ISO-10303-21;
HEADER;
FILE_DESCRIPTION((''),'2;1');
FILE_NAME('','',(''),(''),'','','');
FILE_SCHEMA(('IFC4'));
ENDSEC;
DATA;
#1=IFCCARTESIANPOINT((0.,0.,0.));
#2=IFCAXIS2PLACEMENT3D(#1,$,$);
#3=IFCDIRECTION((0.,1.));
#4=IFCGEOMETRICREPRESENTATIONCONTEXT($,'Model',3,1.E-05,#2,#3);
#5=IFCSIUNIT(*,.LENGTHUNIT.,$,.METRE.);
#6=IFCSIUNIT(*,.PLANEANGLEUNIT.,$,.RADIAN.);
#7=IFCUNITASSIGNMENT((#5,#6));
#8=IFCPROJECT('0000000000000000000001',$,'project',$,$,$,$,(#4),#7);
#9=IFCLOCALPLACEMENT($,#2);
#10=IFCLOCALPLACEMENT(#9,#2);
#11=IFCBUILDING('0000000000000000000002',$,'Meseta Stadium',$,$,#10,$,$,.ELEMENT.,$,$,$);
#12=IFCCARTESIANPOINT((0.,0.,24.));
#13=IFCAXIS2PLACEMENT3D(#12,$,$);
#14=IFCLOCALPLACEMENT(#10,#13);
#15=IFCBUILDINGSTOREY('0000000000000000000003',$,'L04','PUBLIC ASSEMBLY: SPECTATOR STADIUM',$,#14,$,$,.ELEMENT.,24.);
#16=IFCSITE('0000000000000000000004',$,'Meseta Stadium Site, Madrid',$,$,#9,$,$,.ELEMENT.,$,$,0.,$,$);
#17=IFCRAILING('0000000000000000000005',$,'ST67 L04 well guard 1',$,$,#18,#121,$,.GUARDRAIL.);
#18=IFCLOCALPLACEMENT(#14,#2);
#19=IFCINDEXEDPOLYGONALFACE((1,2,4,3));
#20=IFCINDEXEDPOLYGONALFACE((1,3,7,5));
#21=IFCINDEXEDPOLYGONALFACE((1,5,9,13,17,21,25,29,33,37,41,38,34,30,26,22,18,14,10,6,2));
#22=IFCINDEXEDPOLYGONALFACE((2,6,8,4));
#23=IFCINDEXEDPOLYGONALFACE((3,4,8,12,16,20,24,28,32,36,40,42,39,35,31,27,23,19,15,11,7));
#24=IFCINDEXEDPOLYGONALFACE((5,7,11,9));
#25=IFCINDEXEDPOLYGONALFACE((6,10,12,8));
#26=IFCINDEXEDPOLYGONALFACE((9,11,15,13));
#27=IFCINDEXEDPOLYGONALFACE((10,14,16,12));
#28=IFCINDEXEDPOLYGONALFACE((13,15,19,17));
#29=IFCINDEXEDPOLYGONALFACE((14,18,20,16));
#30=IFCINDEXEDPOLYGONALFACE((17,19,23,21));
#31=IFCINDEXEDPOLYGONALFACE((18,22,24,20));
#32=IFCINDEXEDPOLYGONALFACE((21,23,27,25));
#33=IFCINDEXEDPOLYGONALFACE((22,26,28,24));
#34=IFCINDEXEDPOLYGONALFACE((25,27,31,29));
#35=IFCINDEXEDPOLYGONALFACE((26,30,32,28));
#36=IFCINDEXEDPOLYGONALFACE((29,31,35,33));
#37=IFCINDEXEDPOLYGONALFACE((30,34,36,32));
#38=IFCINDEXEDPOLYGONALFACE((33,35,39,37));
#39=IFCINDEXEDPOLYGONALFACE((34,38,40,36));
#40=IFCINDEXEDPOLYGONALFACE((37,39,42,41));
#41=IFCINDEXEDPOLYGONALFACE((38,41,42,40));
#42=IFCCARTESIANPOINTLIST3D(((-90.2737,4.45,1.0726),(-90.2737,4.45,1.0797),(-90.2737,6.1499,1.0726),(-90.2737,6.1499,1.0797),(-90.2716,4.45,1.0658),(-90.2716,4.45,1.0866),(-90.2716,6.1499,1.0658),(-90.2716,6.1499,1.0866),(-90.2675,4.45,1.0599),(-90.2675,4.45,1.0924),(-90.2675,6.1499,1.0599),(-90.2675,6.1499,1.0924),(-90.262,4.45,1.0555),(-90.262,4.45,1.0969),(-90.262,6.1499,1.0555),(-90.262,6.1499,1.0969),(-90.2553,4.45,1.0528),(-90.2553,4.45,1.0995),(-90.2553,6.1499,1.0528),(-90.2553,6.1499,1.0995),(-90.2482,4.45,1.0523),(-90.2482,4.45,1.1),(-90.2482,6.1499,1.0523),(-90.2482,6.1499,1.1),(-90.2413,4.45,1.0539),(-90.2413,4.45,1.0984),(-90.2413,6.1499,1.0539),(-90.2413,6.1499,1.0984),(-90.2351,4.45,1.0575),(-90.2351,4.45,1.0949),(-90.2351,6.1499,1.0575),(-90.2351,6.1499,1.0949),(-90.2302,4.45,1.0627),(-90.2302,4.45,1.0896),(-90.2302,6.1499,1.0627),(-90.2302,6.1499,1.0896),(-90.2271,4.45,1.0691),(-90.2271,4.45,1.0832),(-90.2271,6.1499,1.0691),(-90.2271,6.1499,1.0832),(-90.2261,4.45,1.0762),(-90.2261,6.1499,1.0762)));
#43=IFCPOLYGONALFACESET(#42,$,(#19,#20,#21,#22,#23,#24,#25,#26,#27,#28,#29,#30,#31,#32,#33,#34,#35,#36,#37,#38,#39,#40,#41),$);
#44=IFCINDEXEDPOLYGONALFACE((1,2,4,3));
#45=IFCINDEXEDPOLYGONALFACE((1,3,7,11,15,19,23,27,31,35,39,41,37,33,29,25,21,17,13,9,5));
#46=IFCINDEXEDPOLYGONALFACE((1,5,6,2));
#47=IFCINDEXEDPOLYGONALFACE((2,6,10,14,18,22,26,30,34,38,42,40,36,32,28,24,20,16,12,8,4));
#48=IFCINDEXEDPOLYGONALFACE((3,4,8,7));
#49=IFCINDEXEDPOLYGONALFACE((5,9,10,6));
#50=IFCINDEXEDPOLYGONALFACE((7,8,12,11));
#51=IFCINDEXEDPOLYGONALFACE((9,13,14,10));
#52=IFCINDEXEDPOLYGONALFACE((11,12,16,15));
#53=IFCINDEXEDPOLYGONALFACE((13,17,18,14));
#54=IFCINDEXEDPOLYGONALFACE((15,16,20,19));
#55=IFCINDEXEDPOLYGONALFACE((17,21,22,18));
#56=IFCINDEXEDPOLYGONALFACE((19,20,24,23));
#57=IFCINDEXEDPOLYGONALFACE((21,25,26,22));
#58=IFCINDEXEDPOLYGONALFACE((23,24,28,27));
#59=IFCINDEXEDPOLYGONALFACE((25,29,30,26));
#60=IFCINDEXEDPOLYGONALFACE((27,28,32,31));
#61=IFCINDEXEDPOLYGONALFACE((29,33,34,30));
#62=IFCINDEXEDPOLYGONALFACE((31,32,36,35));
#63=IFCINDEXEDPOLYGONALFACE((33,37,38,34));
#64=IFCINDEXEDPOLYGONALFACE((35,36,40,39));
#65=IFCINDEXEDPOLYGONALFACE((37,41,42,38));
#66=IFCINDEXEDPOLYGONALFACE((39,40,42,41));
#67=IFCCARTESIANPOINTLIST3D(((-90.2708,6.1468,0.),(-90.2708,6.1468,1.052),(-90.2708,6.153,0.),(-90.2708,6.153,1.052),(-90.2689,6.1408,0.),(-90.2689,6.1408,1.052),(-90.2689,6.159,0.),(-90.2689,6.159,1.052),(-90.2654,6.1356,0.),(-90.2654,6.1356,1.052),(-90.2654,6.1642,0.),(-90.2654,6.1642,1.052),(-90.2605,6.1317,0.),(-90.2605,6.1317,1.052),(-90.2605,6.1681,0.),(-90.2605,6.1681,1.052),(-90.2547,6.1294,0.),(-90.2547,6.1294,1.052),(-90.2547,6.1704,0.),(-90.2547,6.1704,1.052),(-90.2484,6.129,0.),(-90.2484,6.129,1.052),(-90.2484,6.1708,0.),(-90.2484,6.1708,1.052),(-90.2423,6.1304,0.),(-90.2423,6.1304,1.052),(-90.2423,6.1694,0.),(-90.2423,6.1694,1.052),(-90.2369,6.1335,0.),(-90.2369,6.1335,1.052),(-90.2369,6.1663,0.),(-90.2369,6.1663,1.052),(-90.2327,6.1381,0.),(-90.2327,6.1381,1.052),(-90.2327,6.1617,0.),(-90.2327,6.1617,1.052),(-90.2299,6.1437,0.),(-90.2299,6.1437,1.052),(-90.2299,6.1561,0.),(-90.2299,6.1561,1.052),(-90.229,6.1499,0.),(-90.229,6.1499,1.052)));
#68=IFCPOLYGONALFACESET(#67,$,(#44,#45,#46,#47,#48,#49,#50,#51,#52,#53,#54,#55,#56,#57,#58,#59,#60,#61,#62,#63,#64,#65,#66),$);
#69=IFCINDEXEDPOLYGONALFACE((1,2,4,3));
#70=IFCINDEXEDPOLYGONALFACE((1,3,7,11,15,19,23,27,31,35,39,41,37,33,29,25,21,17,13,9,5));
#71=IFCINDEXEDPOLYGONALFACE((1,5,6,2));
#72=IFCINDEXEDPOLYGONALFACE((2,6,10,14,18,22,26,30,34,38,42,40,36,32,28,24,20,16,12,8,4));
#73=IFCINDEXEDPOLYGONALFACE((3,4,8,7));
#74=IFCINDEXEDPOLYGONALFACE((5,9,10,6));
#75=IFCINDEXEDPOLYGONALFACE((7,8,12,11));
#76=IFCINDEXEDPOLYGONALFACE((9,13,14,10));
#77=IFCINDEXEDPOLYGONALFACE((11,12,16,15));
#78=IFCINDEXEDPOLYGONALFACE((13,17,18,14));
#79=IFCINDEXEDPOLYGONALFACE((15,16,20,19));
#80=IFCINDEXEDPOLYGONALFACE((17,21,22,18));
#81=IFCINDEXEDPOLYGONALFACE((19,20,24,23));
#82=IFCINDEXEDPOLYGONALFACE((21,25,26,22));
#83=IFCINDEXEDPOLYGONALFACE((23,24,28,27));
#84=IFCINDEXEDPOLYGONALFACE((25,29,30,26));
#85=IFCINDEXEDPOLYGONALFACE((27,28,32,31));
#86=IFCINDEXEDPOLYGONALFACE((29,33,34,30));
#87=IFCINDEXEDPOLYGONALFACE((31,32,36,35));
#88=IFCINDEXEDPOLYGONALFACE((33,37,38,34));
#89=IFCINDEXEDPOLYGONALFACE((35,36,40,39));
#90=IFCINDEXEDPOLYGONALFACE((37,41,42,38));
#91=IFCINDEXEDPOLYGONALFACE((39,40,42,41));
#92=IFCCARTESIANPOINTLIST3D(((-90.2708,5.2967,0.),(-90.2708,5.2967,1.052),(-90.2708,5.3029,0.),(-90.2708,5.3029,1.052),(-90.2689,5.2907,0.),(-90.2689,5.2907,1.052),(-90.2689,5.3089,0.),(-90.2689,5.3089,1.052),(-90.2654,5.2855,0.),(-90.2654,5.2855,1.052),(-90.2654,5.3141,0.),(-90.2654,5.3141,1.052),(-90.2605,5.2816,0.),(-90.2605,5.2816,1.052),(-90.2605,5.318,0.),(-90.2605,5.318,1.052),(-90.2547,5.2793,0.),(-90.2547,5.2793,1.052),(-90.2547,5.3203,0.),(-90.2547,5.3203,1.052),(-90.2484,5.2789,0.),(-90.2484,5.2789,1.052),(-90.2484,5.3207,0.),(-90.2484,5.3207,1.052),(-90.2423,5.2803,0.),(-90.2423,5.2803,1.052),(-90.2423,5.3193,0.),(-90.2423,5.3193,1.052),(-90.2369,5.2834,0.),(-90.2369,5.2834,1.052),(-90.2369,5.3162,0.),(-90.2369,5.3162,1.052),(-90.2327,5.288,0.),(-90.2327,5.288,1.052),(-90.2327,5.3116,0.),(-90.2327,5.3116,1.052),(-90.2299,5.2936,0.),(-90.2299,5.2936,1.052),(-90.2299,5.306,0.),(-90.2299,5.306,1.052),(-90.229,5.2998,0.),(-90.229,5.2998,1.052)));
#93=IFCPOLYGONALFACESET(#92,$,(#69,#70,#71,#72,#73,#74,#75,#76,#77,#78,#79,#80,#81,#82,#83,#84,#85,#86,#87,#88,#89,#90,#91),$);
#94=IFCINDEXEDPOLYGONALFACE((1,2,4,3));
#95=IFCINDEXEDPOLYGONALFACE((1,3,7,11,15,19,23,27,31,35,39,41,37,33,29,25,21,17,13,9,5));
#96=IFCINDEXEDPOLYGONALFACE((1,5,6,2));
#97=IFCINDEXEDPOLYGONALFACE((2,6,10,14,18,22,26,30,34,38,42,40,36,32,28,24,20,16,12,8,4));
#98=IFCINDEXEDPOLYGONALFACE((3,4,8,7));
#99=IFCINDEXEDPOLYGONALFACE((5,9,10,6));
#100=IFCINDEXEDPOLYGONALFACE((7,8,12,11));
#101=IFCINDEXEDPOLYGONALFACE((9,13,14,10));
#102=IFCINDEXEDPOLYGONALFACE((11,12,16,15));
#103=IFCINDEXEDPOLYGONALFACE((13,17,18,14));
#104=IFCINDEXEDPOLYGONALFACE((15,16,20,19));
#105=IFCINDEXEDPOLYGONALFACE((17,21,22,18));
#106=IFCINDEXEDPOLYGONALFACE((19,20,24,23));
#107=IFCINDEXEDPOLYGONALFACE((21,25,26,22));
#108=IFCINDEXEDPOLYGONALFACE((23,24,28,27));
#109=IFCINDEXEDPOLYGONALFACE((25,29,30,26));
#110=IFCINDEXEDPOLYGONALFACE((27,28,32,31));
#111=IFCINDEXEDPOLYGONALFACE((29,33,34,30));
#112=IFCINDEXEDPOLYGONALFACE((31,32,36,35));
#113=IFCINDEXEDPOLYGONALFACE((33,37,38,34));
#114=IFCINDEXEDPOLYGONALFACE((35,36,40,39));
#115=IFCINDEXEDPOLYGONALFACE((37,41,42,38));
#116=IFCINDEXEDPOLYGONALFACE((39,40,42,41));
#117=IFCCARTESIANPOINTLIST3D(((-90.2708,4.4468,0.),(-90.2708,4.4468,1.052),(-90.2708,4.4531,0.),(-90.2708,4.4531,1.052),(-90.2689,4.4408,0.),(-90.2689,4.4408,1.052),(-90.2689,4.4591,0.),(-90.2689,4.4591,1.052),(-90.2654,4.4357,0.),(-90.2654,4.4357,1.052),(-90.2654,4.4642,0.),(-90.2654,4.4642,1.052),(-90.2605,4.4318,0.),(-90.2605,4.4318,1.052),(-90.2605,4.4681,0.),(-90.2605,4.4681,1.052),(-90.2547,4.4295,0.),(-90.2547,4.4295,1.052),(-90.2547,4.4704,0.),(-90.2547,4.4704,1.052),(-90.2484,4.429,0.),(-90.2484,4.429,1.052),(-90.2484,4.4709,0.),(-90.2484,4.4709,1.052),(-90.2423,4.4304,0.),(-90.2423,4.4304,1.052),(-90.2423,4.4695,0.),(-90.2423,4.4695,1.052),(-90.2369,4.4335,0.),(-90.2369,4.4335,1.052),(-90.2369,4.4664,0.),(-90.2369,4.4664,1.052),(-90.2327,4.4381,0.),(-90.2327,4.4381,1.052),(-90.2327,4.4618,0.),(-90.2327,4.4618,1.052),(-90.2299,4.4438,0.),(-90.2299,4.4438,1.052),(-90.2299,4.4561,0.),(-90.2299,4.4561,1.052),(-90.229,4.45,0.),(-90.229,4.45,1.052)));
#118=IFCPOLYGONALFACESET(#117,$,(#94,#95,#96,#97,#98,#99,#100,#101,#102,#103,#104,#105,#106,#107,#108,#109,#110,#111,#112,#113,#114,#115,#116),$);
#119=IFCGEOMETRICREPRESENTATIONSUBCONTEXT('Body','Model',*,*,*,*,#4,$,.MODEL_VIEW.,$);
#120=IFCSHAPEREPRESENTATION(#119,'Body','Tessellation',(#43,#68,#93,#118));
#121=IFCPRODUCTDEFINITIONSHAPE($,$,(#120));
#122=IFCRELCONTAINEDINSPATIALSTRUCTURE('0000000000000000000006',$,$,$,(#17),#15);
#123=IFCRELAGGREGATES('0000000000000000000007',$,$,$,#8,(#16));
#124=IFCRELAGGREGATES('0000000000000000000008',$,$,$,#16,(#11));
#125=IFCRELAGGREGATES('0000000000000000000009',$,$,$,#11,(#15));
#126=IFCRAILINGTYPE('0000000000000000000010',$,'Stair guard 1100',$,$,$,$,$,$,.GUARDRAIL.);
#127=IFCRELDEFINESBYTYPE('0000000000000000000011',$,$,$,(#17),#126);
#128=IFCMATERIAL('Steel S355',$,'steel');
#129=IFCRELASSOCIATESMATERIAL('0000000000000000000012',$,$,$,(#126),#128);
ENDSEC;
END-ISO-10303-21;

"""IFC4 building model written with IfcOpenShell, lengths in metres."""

from ifc_helpers import new_model, si_unit, direction, frame, origin, origin_2d, place, context, subcontext, project, spatial, circle, extrude, material, type_object, element, save


model = new_model("IFC4")

# Units and contexts
model_context = context("Model", 3, precision=1e-05, world=origin(), true_north=direction((0.0, 1.0)))
body_context = subcontext(model_context, "Body", "Model", "MODEL_VIEW")
ifc_project = project(units=[si_unit("LENGTHUNIT", "METRE"), si_unit("PLANEANGLEUNIT", "RADIAN")], contexts=[model_context])

# Site, building, storey
site_placement = place(None, origin())
site = spatial("IfcSite", under=ifc_project, at=site_placement, Name="Meseta Stadium Site, Madrid", CompositionType="ELEMENT", RefElevation=0.0)
building_placement = place(site_placement, origin())
building = spatial("IfcBuilding", under=site, at=building_placement, Name="Meseta Stadium", CompositionType="ELEMENT")
storey_placement = place(building_placement, frame((0.0, 0.0, 24.0)))
storey = spatial("IfcBuildingStorey", under=building, at=storey_placement, Name="L04", Description="PUBLIC ASSEMBLY: SPECTATOR STADIUM", CompositionType="ELEMENT", Elevation=24.0)

# Railing
ifc_material_1 = material(Name="Steel S355", Category="steel")
railing_type_1 = type_object("IfcRailingType", Name="Stair guard 1100", PredefinedType="GUARDRAIL", material=ifc_material_1)
for number, where, name in (
    (1, (-90.25, 6.1499, 0.0), "ST67 L04 well guard 1"),
):
    element("IfcRailing", number, at=place(storey_placement, frame(where)), inside=storey, type_object=railing_type_1, Name=name, PredefinedType="GUARDRAIL", context=body_context, shape_type="SweptSolid", body=[
        extrude(circle(Radius=0.0239, at=origin_2d()), frame((0.0, 0.0, 1.0762), z_axis=(0.0, -1.0, 0.0), x_axis=(1.0, 0.0, 0.0)), (0.0, 0.0, 1.0), 1.7),
        extrude(circle(Radius=0.021, at=origin_2d()), origin(), (0.0, 0.0, 1.0), 1.052),
        extrude(circle(Radius=0.021, at=origin_2d()), frame((0.0, -0.8501, 0.0)), (0.0, 0.0, 1.0), 1.052),
        extrude(circle(Radius=0.021, at=origin_2d()), frame((0.0, -1.7, 0.0)), (0.0, 0.0, 1.0), 1.052),
    ])

save(model, "model.ifc")
